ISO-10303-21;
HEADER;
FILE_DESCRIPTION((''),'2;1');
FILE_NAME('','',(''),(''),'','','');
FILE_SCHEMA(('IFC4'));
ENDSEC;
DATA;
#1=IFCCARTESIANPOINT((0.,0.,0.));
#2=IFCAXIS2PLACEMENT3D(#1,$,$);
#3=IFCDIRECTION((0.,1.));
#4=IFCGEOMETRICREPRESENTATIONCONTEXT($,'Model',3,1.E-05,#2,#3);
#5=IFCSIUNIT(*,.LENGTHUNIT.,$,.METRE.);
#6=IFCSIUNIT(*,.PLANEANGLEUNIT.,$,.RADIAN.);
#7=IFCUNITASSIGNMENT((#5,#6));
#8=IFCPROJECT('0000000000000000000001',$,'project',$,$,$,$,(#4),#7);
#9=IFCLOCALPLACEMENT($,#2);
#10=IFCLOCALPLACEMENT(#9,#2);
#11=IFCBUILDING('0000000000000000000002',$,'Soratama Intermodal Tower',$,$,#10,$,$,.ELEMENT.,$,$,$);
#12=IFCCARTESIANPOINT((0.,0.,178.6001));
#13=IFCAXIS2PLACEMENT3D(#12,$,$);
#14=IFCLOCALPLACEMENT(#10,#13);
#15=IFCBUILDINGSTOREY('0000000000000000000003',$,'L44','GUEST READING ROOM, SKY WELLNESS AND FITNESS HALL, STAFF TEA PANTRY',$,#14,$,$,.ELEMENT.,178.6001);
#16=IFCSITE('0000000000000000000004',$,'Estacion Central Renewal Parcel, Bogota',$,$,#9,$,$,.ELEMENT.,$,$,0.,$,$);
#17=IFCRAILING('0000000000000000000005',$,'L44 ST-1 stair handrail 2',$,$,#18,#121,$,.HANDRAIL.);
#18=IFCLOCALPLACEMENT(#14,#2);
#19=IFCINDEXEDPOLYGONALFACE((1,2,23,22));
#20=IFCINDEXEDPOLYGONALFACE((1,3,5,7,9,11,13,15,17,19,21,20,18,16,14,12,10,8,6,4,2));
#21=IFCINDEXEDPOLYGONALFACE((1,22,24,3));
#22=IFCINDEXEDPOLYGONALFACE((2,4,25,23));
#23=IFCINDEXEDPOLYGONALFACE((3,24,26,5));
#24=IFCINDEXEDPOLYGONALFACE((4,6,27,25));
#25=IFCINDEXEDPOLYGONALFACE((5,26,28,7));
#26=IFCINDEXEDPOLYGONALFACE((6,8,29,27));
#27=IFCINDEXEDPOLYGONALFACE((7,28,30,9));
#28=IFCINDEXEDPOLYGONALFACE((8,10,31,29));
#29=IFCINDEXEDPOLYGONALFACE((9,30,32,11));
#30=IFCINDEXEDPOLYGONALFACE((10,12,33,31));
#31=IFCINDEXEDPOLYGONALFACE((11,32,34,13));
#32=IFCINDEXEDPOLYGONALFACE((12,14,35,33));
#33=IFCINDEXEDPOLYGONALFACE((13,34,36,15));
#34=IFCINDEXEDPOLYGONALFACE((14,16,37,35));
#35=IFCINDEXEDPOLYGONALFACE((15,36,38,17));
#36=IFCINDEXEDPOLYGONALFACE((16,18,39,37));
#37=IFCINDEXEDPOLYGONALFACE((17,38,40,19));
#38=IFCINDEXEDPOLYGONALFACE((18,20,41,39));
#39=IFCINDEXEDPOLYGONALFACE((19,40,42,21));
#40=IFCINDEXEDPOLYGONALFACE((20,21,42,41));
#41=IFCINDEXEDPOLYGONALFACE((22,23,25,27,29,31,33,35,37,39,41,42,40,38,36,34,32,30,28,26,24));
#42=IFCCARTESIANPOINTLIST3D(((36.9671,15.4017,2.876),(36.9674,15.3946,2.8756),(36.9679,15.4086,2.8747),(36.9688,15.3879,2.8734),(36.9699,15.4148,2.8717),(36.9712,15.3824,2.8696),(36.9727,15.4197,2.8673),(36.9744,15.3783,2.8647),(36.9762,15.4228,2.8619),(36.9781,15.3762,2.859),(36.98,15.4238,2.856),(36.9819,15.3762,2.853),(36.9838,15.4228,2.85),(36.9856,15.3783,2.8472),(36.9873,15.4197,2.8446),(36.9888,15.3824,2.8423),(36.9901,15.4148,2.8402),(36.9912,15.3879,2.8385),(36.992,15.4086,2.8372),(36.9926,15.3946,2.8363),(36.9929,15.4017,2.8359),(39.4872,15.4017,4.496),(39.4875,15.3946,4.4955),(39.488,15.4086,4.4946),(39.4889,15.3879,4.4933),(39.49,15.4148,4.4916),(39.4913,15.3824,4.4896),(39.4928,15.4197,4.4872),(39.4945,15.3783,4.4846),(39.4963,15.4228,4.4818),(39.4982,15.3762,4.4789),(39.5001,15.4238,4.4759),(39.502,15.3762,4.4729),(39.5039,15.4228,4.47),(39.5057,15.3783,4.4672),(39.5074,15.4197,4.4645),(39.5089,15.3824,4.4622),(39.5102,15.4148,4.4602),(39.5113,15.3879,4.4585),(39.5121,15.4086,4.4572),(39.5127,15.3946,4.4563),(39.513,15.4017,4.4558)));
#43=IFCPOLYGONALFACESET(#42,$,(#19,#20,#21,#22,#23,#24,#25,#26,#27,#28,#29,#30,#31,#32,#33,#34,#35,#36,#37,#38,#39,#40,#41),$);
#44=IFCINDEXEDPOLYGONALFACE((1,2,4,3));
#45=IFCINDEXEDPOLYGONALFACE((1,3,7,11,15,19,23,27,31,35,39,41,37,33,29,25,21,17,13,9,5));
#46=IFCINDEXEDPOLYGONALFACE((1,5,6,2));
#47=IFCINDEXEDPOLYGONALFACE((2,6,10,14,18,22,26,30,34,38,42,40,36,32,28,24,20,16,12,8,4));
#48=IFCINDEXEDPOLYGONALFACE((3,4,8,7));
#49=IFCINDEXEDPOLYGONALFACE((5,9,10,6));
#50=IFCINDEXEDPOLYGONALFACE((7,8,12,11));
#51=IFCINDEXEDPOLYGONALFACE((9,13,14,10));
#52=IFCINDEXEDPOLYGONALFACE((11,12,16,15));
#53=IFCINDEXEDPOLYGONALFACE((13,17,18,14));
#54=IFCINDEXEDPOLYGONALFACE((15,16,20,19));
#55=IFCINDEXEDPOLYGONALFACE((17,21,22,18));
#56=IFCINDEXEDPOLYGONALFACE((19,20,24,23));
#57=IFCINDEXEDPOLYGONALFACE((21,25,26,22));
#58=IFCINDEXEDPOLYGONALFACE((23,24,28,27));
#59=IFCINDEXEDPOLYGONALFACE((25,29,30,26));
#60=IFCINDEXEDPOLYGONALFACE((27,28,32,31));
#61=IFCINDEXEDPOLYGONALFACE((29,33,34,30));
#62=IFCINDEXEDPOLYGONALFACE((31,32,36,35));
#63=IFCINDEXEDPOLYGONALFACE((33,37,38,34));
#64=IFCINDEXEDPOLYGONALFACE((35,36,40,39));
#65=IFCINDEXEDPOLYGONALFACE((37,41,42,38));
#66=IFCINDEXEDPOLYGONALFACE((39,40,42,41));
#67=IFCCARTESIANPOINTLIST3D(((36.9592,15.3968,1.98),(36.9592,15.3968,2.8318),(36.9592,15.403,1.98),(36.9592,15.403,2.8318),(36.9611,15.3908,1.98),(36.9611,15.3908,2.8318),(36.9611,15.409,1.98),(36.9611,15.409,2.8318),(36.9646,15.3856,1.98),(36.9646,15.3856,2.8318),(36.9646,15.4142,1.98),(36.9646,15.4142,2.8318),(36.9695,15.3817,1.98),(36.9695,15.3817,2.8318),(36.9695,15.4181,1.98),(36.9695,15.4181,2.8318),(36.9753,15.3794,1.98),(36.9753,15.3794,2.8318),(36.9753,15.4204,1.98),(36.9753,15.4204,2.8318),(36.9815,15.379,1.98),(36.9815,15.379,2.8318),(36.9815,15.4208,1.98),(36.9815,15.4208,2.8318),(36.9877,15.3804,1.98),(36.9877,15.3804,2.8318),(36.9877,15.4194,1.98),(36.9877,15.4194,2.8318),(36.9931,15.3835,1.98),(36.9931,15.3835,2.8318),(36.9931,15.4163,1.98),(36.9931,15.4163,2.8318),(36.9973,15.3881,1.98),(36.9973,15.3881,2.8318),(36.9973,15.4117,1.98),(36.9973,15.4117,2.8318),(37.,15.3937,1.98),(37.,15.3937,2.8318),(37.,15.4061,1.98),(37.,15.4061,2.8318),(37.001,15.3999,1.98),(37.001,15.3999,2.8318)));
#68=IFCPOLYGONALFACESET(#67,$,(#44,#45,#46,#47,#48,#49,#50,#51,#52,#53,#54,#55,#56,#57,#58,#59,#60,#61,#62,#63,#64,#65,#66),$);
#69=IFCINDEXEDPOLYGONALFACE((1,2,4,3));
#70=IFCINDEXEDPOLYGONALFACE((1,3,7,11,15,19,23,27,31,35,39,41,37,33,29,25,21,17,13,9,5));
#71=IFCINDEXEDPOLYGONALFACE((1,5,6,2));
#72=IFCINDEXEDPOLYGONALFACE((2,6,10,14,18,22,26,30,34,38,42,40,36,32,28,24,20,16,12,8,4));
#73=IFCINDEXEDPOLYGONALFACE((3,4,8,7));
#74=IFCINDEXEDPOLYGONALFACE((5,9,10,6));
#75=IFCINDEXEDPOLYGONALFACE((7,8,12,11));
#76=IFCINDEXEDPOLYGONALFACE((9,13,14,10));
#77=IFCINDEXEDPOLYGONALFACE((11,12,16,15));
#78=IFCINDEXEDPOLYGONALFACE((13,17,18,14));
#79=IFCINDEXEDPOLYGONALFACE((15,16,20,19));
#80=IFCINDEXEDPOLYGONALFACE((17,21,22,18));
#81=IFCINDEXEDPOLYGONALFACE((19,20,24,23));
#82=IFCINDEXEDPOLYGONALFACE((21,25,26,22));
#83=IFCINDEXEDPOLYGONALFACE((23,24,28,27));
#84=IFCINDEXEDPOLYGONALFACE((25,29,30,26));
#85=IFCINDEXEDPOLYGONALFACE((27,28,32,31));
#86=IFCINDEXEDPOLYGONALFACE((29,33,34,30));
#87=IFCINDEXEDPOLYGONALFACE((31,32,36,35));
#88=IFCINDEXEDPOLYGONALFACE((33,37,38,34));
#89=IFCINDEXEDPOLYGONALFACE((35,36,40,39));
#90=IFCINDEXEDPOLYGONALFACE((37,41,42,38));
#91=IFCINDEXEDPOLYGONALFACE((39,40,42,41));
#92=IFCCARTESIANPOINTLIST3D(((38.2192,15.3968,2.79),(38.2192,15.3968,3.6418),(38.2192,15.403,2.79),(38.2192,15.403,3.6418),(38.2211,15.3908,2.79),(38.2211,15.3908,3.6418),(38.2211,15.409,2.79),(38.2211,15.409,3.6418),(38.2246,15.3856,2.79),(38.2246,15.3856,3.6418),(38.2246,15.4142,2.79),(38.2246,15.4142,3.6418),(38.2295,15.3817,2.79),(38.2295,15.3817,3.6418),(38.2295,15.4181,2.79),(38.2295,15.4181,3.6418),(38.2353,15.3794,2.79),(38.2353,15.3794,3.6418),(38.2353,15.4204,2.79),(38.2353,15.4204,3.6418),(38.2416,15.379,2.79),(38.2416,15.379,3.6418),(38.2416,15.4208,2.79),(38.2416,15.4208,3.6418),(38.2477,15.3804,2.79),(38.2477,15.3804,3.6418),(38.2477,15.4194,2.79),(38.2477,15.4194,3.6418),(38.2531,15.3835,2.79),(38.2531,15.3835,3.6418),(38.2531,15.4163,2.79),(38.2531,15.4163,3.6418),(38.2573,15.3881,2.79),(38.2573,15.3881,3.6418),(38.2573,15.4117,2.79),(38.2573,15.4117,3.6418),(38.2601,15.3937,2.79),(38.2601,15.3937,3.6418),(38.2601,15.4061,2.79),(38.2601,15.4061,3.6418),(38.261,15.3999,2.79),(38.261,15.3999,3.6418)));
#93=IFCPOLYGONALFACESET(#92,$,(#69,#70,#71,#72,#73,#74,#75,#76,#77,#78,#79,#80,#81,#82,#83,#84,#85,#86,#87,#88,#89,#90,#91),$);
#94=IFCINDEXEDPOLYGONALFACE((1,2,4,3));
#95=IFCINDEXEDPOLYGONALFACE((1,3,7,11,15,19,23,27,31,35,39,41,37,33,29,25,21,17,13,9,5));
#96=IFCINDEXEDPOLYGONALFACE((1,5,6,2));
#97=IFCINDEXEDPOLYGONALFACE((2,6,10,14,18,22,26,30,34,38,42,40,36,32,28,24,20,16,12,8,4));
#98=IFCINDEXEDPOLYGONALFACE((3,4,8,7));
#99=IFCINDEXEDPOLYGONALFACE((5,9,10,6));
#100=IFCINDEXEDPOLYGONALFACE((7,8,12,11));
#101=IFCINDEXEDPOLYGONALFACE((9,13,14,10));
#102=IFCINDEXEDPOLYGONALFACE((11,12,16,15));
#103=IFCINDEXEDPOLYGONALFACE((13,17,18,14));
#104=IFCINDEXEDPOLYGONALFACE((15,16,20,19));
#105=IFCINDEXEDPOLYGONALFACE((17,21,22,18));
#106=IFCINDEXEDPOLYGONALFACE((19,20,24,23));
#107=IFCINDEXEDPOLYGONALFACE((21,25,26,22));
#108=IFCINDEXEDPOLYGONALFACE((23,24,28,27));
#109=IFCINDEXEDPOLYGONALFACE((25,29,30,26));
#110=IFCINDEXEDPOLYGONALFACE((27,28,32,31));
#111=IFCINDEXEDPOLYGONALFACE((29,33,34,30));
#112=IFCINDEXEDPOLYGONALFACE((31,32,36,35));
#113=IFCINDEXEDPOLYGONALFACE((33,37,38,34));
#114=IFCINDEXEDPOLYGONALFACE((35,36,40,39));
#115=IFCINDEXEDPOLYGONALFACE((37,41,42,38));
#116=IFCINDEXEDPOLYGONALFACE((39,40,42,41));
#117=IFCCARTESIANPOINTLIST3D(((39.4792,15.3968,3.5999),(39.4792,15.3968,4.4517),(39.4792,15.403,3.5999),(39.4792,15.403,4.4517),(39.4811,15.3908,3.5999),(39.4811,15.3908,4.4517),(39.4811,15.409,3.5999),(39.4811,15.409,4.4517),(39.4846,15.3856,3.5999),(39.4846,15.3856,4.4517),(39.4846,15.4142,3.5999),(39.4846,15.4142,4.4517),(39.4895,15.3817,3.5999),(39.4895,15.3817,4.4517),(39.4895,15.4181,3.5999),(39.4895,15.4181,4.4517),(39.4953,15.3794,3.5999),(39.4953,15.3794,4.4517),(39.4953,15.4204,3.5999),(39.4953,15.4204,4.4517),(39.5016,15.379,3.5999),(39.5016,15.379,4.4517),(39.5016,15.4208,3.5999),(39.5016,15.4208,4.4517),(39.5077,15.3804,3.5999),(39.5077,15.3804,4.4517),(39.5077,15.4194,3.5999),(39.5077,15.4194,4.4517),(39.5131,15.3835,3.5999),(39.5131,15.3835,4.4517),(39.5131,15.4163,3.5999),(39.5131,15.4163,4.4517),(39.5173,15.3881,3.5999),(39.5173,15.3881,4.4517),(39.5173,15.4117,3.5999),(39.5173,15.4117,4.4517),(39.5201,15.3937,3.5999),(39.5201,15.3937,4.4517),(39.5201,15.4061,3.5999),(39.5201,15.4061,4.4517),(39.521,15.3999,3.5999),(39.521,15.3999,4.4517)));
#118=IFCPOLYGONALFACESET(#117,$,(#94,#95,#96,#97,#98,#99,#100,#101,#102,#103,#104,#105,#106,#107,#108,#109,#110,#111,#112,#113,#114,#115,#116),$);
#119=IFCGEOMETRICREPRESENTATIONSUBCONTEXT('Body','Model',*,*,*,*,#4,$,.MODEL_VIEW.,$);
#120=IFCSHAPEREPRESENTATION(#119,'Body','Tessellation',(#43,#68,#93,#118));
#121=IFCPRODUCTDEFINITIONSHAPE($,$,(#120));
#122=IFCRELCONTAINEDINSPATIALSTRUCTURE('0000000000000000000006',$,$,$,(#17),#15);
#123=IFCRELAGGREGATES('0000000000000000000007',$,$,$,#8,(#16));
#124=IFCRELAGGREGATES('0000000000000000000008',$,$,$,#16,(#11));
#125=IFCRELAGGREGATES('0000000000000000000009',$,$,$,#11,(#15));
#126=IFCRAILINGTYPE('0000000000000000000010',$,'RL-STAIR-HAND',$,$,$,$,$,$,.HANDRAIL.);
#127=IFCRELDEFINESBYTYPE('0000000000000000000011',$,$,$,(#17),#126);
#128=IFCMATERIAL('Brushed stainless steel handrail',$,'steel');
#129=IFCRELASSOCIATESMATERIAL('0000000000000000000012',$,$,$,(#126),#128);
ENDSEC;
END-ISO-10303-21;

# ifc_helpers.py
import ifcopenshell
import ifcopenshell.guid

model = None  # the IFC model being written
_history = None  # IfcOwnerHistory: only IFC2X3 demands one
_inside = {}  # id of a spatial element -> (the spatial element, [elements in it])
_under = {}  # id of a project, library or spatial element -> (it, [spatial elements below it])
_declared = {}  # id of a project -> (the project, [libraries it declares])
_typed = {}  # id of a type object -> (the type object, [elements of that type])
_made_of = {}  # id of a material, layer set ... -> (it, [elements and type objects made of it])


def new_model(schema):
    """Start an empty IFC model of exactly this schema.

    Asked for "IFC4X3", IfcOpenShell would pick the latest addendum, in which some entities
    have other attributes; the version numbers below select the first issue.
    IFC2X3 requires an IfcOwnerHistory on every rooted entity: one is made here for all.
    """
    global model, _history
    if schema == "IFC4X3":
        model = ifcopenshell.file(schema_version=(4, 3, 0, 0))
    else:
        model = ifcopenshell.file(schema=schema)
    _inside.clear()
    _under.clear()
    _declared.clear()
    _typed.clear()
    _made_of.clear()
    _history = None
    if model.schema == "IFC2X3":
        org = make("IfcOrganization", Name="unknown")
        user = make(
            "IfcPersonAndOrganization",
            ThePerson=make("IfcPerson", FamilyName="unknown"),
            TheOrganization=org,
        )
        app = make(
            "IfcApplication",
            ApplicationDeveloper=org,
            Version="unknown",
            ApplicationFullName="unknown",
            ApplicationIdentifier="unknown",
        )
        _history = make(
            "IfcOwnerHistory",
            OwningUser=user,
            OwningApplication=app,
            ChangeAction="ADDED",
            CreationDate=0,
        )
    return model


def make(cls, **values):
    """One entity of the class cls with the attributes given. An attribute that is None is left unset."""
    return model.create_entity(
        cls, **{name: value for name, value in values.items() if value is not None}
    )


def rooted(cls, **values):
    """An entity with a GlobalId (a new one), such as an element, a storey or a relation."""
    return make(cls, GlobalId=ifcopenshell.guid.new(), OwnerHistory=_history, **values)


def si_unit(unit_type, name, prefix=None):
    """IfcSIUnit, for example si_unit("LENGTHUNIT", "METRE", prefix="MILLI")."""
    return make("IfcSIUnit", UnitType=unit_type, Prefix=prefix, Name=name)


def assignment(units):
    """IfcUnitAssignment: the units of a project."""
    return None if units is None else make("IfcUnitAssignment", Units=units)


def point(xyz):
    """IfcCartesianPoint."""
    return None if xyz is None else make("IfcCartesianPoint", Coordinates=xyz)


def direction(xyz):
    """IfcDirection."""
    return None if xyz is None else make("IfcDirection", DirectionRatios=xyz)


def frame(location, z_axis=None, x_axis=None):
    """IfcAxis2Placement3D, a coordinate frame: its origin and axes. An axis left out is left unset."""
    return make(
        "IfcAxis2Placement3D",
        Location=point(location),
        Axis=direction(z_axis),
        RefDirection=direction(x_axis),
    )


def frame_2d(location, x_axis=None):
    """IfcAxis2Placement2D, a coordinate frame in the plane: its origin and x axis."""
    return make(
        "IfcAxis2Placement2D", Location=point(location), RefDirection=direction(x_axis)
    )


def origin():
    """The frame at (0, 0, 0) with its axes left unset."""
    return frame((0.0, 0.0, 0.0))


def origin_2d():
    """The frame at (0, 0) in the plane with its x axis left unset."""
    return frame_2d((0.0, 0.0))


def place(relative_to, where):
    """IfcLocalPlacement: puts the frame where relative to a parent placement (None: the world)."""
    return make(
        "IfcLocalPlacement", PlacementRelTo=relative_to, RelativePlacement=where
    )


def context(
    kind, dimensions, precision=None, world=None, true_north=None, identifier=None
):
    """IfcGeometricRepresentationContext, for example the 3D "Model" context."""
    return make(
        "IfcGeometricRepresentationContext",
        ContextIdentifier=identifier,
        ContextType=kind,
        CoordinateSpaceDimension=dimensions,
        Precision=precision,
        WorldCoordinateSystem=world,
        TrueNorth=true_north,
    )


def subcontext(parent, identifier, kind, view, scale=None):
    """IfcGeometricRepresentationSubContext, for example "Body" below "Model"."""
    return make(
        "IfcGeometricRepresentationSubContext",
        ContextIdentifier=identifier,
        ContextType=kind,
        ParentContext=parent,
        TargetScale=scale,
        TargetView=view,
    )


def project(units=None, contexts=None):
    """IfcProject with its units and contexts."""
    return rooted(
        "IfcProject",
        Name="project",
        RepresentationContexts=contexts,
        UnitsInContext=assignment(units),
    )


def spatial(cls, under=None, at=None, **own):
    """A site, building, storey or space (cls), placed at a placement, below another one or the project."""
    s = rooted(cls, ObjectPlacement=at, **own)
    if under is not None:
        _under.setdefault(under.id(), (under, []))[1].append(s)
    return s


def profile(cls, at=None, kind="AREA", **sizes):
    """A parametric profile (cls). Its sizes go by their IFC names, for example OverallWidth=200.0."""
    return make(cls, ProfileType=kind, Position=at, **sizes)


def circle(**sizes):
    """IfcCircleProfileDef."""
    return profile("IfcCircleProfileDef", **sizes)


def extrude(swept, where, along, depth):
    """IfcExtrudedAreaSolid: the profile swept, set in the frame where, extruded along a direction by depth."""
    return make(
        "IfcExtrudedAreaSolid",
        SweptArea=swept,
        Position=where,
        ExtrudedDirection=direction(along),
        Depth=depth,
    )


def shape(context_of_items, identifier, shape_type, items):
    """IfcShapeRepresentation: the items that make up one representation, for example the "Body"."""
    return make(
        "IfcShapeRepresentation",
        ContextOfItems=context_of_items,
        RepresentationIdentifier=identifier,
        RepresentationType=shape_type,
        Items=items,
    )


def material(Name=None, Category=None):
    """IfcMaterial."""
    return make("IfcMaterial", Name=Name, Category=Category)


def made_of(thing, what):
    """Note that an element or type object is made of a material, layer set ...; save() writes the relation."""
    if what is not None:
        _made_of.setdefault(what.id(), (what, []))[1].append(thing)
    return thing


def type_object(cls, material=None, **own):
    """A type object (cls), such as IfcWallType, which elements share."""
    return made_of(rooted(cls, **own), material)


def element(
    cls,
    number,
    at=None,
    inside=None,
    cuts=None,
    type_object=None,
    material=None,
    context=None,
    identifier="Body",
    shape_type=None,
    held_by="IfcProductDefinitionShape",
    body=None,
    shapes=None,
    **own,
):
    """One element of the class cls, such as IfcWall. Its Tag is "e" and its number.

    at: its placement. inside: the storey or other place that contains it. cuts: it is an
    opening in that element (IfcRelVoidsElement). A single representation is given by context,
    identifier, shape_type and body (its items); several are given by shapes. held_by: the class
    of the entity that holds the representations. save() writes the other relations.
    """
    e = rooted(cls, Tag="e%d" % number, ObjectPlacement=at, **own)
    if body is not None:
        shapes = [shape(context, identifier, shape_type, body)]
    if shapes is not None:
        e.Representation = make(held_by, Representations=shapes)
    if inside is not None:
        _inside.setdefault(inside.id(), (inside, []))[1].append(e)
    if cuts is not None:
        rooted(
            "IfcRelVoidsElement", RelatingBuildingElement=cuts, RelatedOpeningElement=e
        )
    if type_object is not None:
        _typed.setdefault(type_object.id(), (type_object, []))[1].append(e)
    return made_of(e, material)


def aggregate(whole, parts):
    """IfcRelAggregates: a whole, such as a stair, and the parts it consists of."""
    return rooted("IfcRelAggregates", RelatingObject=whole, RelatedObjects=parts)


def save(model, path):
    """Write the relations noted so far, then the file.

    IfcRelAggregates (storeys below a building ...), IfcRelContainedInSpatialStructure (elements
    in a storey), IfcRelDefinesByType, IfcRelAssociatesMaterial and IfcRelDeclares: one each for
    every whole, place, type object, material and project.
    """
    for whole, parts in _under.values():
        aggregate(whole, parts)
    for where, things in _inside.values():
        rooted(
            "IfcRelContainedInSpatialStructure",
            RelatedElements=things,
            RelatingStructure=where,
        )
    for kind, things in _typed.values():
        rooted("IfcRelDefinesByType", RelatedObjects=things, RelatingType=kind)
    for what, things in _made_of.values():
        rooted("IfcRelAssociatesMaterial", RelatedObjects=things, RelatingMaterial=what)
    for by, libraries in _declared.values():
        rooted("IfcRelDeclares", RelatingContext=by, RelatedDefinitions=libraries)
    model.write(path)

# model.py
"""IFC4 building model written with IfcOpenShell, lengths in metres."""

from ifc_helpers import new_model, si_unit, direction, frame, origin, origin_2d, place, context, subcontext, project, spatial, circle, extrude, material, type_object, element, save


model = new_model("IFC4")

# Units and contexts
model_context = context("Model", 3, precision=1e-05, world=origin(), true_north=direction((0.0, 1.0)))
body_context = subcontext(model_context, "Body", "Model", "MODEL_VIEW")
ifc_project = project(units=[si_unit("LENGTHUNIT", "METRE"), si_unit("PLANEANGLEUNIT", "RADIAN")], contexts=[model_context])

# Site, building, storey
site_placement = place(None, origin())
site = spatial("IfcSite", under=ifc_project, at=site_placement, Name="Estacion Central Renewal Parcel, Bogota", CompositionType="ELEMENT", RefElevation=0.0)
building_placement = place(site_placement, origin())
building = spatial("IfcBuilding", under=site, at=building_placement, Name="Soratama Intermodal Tower", CompositionType="ELEMENT")
storey_placement = place(building_placement, frame((0.0, 0.0, 178.6001)))
storey = spatial("IfcBuildingStorey", under=building, at=storey_placement, Name="L44", Description="GUEST READING ROOM, SKY WELLNESS AND FITNESS HALL, STAFF TEA PANTRY", CompositionType="ELEMENT", Elevation=178.6001)

# Railing
ifc_material_1 = material(Name="Brushed stainless steel handrail", Category="steel")
railing_type_1 = type_object("IfcRailingType", Name="RL-STAIR-HAND", PredefinedType="HANDRAIL", material=ifc_material_1)
railing_1_placement = place(storey_placement, frame((36.98, 15.3999, 1.98)))
element("IfcRailing", 1, at=railing_1_placement, inside=storey, type_object=railing_type_1, Name="L44 ST-1 stair handrail 2", PredefinedType="HANDRAIL", context=body_context, shape_type="SweptSolid", body=[
    extrude(circle(Radius=0.0239, at=origin_2d()), frame((0.0, 0.0, 0.876), z_axis=(0.8412, 0.0, 0.540725), x_axis=(0.0, 1.0, 0.0)), (0.0, 0.0, 1.0), 2.9958),
    extrude(circle(Radius=0.021, at=origin_2d()), origin(), (0.0, 0.0, 1.0), 0.8518),
    extrude(circle(Radius=0.021, at=origin_2d()), frame((1.26, 0.0, 0.8101)), (0.0, 0.0, 1.0), 0.8518),
    extrude(circle(Radius=0.021, at=origin_2d()), frame((2.52, 0.0, 1.6199)), (0.0, 0.0, 1.0), 0.8518),
])

save(model, "model.ifc")
